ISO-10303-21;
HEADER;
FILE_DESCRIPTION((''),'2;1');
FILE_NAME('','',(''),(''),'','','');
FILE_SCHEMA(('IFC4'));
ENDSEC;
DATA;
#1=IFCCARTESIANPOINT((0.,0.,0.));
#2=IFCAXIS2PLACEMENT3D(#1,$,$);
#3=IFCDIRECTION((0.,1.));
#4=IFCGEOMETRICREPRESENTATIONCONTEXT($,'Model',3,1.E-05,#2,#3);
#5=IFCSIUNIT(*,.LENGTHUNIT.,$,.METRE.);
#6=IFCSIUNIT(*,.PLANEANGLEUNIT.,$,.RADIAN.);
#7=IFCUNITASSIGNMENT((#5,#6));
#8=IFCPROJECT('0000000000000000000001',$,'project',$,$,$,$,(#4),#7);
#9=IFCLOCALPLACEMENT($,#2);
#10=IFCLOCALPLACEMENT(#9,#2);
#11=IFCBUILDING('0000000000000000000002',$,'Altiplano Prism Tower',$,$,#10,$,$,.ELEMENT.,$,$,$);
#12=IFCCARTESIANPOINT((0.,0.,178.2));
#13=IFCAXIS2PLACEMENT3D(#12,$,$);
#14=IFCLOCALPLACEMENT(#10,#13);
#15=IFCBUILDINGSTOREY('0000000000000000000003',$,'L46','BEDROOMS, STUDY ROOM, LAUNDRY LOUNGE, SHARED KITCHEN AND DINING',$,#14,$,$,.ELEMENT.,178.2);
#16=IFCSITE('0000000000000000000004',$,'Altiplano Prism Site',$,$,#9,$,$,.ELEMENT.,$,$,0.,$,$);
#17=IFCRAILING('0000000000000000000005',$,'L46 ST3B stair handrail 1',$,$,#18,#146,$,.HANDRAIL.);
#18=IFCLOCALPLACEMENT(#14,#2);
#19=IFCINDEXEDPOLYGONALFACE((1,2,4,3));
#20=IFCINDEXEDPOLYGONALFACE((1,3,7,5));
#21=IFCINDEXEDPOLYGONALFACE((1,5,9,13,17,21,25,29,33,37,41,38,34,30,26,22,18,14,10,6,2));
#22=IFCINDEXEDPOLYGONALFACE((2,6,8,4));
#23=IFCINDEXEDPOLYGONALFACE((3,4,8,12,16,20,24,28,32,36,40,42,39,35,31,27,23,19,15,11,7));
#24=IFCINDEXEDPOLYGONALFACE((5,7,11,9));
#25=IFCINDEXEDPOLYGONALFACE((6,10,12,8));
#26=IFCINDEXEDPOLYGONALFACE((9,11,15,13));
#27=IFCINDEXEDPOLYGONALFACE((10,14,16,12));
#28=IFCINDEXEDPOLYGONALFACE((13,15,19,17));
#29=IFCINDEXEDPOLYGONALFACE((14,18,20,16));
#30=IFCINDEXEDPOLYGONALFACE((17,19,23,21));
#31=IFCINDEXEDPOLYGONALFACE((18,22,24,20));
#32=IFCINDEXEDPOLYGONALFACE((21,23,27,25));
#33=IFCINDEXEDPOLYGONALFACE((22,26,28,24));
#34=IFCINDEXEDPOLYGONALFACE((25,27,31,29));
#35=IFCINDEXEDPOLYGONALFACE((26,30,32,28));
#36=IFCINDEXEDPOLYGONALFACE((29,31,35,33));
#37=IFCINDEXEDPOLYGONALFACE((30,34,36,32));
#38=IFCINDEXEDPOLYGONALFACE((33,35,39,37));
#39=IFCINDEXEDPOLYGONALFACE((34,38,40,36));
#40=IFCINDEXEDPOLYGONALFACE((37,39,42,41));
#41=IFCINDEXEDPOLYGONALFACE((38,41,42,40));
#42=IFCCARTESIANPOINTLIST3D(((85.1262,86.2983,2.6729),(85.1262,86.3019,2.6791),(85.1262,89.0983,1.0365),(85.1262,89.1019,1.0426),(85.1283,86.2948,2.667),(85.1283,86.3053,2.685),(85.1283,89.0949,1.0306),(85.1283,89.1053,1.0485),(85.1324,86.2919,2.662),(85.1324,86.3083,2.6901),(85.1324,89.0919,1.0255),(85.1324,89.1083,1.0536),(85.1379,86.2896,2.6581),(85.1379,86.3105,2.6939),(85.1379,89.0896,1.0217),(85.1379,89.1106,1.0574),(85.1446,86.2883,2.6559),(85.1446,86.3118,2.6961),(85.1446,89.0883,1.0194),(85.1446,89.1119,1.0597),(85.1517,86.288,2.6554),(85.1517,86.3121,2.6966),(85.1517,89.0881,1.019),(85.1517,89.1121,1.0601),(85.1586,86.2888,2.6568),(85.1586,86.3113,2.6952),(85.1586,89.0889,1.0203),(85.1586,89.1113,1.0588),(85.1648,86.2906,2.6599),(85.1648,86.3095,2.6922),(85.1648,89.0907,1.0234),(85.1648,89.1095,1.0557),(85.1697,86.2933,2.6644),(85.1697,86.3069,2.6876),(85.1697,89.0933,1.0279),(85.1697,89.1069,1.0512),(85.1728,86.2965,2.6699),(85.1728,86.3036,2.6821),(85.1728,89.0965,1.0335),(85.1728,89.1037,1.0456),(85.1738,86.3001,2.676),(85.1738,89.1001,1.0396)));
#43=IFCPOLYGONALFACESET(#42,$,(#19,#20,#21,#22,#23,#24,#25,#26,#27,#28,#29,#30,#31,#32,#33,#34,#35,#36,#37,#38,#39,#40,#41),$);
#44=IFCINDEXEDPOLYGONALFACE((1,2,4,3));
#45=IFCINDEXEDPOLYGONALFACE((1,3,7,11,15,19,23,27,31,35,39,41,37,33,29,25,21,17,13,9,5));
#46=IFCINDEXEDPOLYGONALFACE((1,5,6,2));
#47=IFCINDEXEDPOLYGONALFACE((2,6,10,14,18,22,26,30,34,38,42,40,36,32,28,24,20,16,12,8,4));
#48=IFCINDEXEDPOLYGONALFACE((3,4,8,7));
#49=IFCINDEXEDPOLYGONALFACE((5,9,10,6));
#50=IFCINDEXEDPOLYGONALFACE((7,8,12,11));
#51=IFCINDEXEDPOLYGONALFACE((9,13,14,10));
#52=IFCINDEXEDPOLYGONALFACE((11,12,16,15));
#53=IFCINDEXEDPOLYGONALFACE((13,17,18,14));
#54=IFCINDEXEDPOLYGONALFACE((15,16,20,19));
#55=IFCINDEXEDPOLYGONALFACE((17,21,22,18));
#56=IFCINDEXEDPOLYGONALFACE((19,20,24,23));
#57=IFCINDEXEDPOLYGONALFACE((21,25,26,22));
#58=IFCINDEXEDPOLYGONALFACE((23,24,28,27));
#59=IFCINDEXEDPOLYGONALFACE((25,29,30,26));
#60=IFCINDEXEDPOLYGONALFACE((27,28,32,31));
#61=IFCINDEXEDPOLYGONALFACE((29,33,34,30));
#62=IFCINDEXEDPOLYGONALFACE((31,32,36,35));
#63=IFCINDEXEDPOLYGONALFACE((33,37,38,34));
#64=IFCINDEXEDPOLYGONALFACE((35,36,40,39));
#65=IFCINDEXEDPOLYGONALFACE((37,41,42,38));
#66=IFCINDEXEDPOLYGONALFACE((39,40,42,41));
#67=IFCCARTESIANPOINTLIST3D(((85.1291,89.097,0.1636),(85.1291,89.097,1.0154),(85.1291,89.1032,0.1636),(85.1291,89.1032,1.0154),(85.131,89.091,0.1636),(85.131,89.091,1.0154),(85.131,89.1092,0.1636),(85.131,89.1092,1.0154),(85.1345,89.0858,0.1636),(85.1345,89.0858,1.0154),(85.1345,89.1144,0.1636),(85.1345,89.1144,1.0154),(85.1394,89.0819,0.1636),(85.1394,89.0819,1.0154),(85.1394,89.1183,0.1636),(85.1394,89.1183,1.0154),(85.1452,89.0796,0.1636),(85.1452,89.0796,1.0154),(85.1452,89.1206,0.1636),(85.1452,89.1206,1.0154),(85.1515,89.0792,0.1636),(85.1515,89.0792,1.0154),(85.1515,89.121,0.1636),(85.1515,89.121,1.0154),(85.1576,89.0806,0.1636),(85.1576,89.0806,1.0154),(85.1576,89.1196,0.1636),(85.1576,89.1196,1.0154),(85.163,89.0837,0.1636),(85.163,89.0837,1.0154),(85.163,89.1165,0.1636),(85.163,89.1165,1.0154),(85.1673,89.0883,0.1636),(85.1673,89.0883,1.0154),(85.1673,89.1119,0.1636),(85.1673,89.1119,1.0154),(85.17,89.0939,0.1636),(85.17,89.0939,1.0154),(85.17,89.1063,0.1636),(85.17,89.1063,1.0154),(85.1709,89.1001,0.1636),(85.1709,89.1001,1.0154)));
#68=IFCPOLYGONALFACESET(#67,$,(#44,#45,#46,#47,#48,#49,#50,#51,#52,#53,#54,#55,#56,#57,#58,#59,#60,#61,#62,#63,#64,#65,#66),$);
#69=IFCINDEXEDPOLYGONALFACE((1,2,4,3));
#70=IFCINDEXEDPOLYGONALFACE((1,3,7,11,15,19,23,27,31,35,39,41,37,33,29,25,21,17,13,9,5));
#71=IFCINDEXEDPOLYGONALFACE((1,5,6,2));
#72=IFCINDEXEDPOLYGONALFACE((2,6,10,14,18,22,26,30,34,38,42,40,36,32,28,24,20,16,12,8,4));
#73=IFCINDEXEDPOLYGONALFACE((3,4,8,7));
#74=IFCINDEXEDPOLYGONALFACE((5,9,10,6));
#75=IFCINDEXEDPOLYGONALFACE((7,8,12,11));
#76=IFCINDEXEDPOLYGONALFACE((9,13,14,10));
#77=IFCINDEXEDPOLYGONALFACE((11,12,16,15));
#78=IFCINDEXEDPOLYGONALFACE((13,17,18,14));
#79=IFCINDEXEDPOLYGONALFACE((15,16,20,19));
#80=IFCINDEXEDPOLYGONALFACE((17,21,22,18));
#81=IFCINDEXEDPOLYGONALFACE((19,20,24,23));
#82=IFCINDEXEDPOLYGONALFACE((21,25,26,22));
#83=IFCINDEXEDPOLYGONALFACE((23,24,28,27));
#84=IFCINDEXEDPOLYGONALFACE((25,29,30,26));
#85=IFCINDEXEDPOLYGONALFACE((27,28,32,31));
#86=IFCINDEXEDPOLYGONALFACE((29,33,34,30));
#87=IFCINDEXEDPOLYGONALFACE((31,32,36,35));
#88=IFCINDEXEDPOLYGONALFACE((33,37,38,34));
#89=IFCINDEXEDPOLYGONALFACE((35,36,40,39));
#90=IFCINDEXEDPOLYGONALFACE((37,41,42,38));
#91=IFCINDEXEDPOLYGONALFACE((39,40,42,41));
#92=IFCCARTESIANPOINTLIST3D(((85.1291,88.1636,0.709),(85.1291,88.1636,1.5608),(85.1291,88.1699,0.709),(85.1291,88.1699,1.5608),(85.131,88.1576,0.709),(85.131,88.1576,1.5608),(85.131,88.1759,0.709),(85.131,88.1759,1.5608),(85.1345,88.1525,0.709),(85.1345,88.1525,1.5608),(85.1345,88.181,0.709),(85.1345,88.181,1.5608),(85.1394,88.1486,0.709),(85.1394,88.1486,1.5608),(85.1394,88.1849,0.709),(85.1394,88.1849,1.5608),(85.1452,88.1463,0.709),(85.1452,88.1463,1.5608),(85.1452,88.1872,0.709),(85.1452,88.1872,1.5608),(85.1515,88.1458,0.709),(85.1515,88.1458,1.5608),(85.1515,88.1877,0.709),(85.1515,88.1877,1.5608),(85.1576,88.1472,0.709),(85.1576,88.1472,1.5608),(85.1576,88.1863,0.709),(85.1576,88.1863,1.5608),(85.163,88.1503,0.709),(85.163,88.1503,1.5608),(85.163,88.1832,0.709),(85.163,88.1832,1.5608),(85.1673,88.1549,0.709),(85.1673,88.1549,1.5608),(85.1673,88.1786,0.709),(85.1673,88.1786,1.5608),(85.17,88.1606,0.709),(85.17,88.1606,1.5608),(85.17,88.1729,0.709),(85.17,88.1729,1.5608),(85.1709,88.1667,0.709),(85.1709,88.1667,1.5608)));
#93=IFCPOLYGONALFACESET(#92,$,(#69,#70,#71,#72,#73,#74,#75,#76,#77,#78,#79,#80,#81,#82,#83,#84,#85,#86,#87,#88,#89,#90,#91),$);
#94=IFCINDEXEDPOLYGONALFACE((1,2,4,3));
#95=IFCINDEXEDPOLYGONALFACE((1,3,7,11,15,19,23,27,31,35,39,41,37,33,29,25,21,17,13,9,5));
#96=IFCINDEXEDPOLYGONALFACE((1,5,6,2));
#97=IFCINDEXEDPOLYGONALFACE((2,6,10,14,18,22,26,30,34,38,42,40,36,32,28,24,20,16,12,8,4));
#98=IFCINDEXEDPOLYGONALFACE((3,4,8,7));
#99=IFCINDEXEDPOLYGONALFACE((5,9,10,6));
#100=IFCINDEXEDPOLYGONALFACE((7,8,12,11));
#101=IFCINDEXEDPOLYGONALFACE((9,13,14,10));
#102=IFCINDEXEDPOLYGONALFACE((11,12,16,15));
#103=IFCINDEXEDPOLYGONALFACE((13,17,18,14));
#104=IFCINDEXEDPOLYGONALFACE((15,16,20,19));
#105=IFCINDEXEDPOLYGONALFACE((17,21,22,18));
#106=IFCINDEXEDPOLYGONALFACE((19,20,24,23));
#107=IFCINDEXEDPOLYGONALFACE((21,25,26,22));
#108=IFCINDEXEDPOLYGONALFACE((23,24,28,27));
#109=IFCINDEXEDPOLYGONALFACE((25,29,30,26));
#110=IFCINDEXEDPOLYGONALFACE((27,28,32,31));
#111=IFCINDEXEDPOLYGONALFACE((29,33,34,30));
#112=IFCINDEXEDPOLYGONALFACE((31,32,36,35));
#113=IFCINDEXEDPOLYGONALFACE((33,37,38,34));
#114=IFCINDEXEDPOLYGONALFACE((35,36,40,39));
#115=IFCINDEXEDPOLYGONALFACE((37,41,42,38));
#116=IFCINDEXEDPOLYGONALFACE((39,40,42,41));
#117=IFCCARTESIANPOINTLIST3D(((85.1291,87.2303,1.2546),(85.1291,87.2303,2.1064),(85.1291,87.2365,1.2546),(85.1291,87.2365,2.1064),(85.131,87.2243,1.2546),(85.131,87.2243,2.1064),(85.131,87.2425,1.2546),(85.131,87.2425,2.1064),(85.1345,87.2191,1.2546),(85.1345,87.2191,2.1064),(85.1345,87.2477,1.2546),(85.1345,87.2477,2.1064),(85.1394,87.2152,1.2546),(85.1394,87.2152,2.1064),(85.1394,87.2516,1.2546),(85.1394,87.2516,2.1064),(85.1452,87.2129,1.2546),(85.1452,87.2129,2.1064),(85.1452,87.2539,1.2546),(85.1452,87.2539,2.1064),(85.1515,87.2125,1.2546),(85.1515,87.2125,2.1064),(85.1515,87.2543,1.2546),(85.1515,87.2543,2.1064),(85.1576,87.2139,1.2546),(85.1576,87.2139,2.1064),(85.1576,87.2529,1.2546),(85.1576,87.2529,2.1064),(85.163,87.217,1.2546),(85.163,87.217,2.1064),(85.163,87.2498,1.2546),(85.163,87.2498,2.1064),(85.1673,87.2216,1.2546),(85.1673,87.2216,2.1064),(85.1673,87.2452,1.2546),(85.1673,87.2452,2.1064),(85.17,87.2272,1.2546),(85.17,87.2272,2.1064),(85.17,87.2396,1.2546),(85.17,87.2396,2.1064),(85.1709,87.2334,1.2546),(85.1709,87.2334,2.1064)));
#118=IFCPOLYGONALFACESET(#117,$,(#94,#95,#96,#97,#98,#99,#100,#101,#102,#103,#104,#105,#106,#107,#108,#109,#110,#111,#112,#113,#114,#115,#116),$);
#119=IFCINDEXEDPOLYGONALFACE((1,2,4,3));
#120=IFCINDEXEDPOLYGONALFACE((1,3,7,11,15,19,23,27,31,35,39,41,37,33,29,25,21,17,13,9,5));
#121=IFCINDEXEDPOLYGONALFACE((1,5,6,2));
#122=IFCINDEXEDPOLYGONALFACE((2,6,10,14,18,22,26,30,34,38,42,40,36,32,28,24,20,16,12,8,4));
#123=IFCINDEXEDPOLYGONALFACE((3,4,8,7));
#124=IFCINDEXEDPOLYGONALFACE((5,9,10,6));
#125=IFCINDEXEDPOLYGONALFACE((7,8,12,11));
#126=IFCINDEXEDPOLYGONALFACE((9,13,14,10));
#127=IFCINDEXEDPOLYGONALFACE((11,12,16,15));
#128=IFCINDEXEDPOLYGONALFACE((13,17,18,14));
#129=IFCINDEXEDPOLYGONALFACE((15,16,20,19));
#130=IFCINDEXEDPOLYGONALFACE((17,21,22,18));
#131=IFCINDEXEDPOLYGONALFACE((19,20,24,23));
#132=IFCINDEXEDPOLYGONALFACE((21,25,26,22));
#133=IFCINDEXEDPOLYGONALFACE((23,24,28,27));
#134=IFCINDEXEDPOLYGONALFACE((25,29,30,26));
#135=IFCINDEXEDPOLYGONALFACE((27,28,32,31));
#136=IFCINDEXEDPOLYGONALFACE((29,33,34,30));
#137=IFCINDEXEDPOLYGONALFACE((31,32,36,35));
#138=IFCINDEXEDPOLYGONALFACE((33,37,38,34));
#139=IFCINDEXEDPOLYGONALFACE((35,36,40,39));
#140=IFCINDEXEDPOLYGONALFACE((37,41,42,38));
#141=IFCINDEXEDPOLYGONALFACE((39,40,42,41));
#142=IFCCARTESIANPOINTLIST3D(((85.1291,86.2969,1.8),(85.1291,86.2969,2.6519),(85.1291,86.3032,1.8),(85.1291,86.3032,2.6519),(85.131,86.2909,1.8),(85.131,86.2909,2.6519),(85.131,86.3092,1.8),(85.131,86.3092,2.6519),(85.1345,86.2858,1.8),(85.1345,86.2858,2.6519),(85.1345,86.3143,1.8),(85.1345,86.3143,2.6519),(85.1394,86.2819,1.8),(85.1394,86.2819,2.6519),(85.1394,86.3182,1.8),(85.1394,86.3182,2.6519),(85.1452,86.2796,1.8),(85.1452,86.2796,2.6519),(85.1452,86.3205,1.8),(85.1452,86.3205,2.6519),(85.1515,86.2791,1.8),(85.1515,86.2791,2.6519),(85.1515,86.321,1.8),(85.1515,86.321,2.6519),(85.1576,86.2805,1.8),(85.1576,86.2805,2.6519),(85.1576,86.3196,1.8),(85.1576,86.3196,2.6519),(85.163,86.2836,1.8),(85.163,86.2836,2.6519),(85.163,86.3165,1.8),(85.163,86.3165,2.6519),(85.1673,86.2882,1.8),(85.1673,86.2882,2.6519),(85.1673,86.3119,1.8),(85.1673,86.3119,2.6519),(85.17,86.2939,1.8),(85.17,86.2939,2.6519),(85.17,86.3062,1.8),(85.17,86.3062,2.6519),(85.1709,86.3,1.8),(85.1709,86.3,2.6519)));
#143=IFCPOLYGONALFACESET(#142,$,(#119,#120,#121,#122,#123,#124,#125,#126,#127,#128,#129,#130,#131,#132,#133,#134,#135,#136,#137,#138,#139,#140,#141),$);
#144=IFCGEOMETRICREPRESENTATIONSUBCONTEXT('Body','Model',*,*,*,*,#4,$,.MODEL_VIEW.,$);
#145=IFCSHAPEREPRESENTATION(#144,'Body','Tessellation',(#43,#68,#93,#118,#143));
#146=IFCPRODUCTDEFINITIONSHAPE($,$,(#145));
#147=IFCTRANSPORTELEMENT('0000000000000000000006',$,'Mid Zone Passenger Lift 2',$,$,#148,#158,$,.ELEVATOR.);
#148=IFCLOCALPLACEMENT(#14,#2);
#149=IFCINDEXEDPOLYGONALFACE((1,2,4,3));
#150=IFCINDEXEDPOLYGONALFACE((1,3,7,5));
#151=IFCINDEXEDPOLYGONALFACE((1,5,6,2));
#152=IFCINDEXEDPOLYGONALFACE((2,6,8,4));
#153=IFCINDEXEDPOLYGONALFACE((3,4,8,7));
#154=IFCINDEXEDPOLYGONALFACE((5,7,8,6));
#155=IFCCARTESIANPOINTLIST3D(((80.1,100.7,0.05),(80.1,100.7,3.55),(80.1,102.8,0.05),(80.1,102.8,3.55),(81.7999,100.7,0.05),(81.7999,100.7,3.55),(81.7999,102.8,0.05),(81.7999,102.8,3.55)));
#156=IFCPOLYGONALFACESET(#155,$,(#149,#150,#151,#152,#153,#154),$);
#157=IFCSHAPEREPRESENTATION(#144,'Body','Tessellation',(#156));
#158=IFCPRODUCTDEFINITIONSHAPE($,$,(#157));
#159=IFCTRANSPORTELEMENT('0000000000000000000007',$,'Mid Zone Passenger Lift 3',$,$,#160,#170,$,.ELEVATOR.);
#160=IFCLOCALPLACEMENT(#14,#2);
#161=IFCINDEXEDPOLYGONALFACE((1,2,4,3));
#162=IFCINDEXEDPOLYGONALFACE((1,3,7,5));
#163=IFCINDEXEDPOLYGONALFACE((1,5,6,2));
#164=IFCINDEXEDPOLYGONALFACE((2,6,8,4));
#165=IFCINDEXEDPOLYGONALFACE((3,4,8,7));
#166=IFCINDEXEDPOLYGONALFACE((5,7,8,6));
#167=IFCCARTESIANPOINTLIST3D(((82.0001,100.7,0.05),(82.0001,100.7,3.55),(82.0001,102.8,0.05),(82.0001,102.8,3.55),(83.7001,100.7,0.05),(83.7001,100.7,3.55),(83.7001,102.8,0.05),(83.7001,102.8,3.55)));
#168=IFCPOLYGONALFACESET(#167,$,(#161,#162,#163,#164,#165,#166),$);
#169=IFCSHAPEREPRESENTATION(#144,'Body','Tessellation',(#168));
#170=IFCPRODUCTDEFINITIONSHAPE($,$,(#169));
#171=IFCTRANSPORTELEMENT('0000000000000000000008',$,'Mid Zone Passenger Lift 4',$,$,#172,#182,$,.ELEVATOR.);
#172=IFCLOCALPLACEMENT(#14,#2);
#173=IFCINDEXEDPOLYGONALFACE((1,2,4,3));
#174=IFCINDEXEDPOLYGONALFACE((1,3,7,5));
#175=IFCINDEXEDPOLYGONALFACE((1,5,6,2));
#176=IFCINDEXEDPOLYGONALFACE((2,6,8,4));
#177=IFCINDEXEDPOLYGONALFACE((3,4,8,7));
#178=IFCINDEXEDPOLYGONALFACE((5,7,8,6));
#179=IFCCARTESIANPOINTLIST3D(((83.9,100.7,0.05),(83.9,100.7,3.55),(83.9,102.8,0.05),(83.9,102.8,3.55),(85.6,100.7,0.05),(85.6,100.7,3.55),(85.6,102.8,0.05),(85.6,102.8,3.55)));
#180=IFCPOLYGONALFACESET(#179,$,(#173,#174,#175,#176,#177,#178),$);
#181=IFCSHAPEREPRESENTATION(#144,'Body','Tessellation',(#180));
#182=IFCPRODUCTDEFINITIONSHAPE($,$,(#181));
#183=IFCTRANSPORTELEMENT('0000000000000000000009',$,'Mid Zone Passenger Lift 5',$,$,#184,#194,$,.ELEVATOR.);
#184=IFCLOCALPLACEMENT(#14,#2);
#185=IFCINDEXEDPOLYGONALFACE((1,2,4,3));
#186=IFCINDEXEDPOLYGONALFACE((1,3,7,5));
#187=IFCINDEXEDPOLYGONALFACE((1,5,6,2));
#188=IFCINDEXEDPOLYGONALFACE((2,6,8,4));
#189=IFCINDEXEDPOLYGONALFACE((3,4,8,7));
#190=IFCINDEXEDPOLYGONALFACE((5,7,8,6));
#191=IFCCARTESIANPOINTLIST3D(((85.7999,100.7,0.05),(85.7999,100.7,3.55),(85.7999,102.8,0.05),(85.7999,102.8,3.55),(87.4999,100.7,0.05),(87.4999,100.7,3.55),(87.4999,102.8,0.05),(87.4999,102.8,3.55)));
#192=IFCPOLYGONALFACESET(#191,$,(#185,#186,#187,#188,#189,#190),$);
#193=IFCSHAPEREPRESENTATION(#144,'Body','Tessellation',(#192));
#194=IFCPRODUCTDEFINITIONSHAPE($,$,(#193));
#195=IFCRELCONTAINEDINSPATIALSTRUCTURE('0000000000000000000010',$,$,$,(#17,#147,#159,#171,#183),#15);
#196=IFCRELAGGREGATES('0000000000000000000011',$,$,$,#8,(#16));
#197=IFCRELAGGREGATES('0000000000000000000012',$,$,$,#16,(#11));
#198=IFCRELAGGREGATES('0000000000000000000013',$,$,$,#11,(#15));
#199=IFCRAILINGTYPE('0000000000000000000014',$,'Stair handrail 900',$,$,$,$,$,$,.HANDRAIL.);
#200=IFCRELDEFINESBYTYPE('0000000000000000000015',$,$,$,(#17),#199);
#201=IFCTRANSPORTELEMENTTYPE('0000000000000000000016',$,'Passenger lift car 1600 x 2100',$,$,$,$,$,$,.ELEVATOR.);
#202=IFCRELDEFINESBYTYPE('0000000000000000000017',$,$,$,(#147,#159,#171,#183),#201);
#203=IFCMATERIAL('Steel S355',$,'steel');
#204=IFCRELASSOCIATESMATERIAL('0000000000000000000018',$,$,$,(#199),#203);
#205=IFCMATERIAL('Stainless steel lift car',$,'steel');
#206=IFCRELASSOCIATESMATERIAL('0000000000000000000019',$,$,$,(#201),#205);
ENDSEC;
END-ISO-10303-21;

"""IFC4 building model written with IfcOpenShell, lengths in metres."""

from ifc_helpers import new_model, si_unit, direction, frame, origin, origin_2d, place, context, subcontext, project, spatial, rectangle, circle, extrude, material, type_object, element, save


model = new_model("IFC4")

# Units and contexts
model_context = context("Model", 3, precision=1e-05, world=origin(), true_north=direction((0.0, 1.0)))
body_context = subcontext(model_context, "Body", "Model", "MODEL_VIEW")
ifc_project = project(units=[si_unit("LENGTHUNIT", "METRE"), si_unit("PLANEANGLEUNIT", "RADIAN")], contexts=[model_context])

# Site, building, storey
site_placement = place(None, origin())
site = spatial("IfcSite", under=ifc_project, at=site_placement, Name="Altiplano Prism Site", CompositionType="ELEMENT", RefElevation=0.0)
building_placement = place(site_placement, origin())
building = spatial("IfcBuilding", under=site, at=building_placement, Name="Altiplano Prism Tower", CompositionType="ELEMENT")
storey_placement = place(building_placement, frame((0.0, 0.0, 178.2)))
storey = spatial("IfcBuildingStorey", under=building, at=storey_placement, Name="L46", Description="BEDROOMS, STUDY ROOM, LAUNDRY LOUNGE, SHARED KITCHEN AND DINING", CompositionType="ELEMENT", Elevation=178.2)

# Railing
ifc_material_1 = material(Name="Steel S355", Category="steel")
railing_type_1 = type_object("IfcRailingType", Name="Stair handrail 900", PredefinedType="HANDRAIL", material=ifc_material_1)
for number, where, name in (
    (1, (85.1499, 89.1001, 0.1636), "L46 ST3B stair handrail 1"),
):
    element("IfcRailing", number, at=place(storey_placement, frame(where)), inside=storey, type_object=railing_type_1, Name=name, PredefinedType="HANDRAIL", context=body_context, shape_type="SweptSolid", body=[
        extrude(circle(Radius=0.0239, at=origin_2d()), frame((0.0, 0.0, 0.876), z_axis=(0.0, -0.863361, 0.504587), x_axis=(1.0, 0.0, 0.0)), (0.0, 0.0, 1.0), 3.2432),
        extrude(circle(Radius=0.021, at=origin_2d()), origin(), (0.0, 0.0, 1.0), 0.8518),
        extrude(circle(Radius=0.021, at=origin_2d()), frame((0.0, -0.9333, 0.5454)), (0.0, 0.0, 1.0), 0.8518),
        extrude(circle(Radius=0.021, at=origin_2d()), frame((0.0, -1.8667, 1.0911)), (0.0, 0.0, 1.0), 0.8518),
        extrude(circle(Radius=0.021, at=origin_2d()), frame((0.0, -2.8, 1.6365)), (0.0, 0.0, 1.0), 0.8518),
    ])

# Transport elements
ifc_material_2 = material(Name="Stainless steel lift car", Category="steel")
transport_element_type = type_object("IfcTransportElementType", Name="Passenger lift car 1600 x 2100", PredefinedType="ELEVATOR", material=ifc_material_2)
for number, where, z_axis, x_axis, name in (
    (2, (80.95, 101.75, 0.05), (0.0, 0.0, 1.0), (1.0, 0.0, 0.0), "Mid Zone Passenger Lift 2"),
    (3, (82.8501, 101.75, 0.05), (0.0, 0.0, 1.0), (1.0, 0.0, 0.0), "Mid Zone Passenger Lift 3"),
    (4, (84.75, 101.75, 0.05), (0.0, 0.0, 1.0), (1.0, 0.0, 0.0), "Mid Zone Passenger Lift 4"),
    (5, (86.6499, 101.75, 0.05), (0.0, 0.0, 1.0), (1.0, 0.0, 0.0), "Mid Zone Passenger Lift 5"),
):
    element("IfcTransportElement", number, at=place(storey_placement, frame(where, z_axis=z_axis, x_axis=x_axis)), inside=storey, type_object=transport_element_type, Name=name, PredefinedType="ELEVATOR", context=body_context, shape_type="SweptSolid", body=[
        extrude(rectangle(XDim=1.7, YDim=2.1001, at=origin_2d()), origin(), (0.0, 0.0, 1.0), 3.5),
    ])

save(model, "model.ifc")
